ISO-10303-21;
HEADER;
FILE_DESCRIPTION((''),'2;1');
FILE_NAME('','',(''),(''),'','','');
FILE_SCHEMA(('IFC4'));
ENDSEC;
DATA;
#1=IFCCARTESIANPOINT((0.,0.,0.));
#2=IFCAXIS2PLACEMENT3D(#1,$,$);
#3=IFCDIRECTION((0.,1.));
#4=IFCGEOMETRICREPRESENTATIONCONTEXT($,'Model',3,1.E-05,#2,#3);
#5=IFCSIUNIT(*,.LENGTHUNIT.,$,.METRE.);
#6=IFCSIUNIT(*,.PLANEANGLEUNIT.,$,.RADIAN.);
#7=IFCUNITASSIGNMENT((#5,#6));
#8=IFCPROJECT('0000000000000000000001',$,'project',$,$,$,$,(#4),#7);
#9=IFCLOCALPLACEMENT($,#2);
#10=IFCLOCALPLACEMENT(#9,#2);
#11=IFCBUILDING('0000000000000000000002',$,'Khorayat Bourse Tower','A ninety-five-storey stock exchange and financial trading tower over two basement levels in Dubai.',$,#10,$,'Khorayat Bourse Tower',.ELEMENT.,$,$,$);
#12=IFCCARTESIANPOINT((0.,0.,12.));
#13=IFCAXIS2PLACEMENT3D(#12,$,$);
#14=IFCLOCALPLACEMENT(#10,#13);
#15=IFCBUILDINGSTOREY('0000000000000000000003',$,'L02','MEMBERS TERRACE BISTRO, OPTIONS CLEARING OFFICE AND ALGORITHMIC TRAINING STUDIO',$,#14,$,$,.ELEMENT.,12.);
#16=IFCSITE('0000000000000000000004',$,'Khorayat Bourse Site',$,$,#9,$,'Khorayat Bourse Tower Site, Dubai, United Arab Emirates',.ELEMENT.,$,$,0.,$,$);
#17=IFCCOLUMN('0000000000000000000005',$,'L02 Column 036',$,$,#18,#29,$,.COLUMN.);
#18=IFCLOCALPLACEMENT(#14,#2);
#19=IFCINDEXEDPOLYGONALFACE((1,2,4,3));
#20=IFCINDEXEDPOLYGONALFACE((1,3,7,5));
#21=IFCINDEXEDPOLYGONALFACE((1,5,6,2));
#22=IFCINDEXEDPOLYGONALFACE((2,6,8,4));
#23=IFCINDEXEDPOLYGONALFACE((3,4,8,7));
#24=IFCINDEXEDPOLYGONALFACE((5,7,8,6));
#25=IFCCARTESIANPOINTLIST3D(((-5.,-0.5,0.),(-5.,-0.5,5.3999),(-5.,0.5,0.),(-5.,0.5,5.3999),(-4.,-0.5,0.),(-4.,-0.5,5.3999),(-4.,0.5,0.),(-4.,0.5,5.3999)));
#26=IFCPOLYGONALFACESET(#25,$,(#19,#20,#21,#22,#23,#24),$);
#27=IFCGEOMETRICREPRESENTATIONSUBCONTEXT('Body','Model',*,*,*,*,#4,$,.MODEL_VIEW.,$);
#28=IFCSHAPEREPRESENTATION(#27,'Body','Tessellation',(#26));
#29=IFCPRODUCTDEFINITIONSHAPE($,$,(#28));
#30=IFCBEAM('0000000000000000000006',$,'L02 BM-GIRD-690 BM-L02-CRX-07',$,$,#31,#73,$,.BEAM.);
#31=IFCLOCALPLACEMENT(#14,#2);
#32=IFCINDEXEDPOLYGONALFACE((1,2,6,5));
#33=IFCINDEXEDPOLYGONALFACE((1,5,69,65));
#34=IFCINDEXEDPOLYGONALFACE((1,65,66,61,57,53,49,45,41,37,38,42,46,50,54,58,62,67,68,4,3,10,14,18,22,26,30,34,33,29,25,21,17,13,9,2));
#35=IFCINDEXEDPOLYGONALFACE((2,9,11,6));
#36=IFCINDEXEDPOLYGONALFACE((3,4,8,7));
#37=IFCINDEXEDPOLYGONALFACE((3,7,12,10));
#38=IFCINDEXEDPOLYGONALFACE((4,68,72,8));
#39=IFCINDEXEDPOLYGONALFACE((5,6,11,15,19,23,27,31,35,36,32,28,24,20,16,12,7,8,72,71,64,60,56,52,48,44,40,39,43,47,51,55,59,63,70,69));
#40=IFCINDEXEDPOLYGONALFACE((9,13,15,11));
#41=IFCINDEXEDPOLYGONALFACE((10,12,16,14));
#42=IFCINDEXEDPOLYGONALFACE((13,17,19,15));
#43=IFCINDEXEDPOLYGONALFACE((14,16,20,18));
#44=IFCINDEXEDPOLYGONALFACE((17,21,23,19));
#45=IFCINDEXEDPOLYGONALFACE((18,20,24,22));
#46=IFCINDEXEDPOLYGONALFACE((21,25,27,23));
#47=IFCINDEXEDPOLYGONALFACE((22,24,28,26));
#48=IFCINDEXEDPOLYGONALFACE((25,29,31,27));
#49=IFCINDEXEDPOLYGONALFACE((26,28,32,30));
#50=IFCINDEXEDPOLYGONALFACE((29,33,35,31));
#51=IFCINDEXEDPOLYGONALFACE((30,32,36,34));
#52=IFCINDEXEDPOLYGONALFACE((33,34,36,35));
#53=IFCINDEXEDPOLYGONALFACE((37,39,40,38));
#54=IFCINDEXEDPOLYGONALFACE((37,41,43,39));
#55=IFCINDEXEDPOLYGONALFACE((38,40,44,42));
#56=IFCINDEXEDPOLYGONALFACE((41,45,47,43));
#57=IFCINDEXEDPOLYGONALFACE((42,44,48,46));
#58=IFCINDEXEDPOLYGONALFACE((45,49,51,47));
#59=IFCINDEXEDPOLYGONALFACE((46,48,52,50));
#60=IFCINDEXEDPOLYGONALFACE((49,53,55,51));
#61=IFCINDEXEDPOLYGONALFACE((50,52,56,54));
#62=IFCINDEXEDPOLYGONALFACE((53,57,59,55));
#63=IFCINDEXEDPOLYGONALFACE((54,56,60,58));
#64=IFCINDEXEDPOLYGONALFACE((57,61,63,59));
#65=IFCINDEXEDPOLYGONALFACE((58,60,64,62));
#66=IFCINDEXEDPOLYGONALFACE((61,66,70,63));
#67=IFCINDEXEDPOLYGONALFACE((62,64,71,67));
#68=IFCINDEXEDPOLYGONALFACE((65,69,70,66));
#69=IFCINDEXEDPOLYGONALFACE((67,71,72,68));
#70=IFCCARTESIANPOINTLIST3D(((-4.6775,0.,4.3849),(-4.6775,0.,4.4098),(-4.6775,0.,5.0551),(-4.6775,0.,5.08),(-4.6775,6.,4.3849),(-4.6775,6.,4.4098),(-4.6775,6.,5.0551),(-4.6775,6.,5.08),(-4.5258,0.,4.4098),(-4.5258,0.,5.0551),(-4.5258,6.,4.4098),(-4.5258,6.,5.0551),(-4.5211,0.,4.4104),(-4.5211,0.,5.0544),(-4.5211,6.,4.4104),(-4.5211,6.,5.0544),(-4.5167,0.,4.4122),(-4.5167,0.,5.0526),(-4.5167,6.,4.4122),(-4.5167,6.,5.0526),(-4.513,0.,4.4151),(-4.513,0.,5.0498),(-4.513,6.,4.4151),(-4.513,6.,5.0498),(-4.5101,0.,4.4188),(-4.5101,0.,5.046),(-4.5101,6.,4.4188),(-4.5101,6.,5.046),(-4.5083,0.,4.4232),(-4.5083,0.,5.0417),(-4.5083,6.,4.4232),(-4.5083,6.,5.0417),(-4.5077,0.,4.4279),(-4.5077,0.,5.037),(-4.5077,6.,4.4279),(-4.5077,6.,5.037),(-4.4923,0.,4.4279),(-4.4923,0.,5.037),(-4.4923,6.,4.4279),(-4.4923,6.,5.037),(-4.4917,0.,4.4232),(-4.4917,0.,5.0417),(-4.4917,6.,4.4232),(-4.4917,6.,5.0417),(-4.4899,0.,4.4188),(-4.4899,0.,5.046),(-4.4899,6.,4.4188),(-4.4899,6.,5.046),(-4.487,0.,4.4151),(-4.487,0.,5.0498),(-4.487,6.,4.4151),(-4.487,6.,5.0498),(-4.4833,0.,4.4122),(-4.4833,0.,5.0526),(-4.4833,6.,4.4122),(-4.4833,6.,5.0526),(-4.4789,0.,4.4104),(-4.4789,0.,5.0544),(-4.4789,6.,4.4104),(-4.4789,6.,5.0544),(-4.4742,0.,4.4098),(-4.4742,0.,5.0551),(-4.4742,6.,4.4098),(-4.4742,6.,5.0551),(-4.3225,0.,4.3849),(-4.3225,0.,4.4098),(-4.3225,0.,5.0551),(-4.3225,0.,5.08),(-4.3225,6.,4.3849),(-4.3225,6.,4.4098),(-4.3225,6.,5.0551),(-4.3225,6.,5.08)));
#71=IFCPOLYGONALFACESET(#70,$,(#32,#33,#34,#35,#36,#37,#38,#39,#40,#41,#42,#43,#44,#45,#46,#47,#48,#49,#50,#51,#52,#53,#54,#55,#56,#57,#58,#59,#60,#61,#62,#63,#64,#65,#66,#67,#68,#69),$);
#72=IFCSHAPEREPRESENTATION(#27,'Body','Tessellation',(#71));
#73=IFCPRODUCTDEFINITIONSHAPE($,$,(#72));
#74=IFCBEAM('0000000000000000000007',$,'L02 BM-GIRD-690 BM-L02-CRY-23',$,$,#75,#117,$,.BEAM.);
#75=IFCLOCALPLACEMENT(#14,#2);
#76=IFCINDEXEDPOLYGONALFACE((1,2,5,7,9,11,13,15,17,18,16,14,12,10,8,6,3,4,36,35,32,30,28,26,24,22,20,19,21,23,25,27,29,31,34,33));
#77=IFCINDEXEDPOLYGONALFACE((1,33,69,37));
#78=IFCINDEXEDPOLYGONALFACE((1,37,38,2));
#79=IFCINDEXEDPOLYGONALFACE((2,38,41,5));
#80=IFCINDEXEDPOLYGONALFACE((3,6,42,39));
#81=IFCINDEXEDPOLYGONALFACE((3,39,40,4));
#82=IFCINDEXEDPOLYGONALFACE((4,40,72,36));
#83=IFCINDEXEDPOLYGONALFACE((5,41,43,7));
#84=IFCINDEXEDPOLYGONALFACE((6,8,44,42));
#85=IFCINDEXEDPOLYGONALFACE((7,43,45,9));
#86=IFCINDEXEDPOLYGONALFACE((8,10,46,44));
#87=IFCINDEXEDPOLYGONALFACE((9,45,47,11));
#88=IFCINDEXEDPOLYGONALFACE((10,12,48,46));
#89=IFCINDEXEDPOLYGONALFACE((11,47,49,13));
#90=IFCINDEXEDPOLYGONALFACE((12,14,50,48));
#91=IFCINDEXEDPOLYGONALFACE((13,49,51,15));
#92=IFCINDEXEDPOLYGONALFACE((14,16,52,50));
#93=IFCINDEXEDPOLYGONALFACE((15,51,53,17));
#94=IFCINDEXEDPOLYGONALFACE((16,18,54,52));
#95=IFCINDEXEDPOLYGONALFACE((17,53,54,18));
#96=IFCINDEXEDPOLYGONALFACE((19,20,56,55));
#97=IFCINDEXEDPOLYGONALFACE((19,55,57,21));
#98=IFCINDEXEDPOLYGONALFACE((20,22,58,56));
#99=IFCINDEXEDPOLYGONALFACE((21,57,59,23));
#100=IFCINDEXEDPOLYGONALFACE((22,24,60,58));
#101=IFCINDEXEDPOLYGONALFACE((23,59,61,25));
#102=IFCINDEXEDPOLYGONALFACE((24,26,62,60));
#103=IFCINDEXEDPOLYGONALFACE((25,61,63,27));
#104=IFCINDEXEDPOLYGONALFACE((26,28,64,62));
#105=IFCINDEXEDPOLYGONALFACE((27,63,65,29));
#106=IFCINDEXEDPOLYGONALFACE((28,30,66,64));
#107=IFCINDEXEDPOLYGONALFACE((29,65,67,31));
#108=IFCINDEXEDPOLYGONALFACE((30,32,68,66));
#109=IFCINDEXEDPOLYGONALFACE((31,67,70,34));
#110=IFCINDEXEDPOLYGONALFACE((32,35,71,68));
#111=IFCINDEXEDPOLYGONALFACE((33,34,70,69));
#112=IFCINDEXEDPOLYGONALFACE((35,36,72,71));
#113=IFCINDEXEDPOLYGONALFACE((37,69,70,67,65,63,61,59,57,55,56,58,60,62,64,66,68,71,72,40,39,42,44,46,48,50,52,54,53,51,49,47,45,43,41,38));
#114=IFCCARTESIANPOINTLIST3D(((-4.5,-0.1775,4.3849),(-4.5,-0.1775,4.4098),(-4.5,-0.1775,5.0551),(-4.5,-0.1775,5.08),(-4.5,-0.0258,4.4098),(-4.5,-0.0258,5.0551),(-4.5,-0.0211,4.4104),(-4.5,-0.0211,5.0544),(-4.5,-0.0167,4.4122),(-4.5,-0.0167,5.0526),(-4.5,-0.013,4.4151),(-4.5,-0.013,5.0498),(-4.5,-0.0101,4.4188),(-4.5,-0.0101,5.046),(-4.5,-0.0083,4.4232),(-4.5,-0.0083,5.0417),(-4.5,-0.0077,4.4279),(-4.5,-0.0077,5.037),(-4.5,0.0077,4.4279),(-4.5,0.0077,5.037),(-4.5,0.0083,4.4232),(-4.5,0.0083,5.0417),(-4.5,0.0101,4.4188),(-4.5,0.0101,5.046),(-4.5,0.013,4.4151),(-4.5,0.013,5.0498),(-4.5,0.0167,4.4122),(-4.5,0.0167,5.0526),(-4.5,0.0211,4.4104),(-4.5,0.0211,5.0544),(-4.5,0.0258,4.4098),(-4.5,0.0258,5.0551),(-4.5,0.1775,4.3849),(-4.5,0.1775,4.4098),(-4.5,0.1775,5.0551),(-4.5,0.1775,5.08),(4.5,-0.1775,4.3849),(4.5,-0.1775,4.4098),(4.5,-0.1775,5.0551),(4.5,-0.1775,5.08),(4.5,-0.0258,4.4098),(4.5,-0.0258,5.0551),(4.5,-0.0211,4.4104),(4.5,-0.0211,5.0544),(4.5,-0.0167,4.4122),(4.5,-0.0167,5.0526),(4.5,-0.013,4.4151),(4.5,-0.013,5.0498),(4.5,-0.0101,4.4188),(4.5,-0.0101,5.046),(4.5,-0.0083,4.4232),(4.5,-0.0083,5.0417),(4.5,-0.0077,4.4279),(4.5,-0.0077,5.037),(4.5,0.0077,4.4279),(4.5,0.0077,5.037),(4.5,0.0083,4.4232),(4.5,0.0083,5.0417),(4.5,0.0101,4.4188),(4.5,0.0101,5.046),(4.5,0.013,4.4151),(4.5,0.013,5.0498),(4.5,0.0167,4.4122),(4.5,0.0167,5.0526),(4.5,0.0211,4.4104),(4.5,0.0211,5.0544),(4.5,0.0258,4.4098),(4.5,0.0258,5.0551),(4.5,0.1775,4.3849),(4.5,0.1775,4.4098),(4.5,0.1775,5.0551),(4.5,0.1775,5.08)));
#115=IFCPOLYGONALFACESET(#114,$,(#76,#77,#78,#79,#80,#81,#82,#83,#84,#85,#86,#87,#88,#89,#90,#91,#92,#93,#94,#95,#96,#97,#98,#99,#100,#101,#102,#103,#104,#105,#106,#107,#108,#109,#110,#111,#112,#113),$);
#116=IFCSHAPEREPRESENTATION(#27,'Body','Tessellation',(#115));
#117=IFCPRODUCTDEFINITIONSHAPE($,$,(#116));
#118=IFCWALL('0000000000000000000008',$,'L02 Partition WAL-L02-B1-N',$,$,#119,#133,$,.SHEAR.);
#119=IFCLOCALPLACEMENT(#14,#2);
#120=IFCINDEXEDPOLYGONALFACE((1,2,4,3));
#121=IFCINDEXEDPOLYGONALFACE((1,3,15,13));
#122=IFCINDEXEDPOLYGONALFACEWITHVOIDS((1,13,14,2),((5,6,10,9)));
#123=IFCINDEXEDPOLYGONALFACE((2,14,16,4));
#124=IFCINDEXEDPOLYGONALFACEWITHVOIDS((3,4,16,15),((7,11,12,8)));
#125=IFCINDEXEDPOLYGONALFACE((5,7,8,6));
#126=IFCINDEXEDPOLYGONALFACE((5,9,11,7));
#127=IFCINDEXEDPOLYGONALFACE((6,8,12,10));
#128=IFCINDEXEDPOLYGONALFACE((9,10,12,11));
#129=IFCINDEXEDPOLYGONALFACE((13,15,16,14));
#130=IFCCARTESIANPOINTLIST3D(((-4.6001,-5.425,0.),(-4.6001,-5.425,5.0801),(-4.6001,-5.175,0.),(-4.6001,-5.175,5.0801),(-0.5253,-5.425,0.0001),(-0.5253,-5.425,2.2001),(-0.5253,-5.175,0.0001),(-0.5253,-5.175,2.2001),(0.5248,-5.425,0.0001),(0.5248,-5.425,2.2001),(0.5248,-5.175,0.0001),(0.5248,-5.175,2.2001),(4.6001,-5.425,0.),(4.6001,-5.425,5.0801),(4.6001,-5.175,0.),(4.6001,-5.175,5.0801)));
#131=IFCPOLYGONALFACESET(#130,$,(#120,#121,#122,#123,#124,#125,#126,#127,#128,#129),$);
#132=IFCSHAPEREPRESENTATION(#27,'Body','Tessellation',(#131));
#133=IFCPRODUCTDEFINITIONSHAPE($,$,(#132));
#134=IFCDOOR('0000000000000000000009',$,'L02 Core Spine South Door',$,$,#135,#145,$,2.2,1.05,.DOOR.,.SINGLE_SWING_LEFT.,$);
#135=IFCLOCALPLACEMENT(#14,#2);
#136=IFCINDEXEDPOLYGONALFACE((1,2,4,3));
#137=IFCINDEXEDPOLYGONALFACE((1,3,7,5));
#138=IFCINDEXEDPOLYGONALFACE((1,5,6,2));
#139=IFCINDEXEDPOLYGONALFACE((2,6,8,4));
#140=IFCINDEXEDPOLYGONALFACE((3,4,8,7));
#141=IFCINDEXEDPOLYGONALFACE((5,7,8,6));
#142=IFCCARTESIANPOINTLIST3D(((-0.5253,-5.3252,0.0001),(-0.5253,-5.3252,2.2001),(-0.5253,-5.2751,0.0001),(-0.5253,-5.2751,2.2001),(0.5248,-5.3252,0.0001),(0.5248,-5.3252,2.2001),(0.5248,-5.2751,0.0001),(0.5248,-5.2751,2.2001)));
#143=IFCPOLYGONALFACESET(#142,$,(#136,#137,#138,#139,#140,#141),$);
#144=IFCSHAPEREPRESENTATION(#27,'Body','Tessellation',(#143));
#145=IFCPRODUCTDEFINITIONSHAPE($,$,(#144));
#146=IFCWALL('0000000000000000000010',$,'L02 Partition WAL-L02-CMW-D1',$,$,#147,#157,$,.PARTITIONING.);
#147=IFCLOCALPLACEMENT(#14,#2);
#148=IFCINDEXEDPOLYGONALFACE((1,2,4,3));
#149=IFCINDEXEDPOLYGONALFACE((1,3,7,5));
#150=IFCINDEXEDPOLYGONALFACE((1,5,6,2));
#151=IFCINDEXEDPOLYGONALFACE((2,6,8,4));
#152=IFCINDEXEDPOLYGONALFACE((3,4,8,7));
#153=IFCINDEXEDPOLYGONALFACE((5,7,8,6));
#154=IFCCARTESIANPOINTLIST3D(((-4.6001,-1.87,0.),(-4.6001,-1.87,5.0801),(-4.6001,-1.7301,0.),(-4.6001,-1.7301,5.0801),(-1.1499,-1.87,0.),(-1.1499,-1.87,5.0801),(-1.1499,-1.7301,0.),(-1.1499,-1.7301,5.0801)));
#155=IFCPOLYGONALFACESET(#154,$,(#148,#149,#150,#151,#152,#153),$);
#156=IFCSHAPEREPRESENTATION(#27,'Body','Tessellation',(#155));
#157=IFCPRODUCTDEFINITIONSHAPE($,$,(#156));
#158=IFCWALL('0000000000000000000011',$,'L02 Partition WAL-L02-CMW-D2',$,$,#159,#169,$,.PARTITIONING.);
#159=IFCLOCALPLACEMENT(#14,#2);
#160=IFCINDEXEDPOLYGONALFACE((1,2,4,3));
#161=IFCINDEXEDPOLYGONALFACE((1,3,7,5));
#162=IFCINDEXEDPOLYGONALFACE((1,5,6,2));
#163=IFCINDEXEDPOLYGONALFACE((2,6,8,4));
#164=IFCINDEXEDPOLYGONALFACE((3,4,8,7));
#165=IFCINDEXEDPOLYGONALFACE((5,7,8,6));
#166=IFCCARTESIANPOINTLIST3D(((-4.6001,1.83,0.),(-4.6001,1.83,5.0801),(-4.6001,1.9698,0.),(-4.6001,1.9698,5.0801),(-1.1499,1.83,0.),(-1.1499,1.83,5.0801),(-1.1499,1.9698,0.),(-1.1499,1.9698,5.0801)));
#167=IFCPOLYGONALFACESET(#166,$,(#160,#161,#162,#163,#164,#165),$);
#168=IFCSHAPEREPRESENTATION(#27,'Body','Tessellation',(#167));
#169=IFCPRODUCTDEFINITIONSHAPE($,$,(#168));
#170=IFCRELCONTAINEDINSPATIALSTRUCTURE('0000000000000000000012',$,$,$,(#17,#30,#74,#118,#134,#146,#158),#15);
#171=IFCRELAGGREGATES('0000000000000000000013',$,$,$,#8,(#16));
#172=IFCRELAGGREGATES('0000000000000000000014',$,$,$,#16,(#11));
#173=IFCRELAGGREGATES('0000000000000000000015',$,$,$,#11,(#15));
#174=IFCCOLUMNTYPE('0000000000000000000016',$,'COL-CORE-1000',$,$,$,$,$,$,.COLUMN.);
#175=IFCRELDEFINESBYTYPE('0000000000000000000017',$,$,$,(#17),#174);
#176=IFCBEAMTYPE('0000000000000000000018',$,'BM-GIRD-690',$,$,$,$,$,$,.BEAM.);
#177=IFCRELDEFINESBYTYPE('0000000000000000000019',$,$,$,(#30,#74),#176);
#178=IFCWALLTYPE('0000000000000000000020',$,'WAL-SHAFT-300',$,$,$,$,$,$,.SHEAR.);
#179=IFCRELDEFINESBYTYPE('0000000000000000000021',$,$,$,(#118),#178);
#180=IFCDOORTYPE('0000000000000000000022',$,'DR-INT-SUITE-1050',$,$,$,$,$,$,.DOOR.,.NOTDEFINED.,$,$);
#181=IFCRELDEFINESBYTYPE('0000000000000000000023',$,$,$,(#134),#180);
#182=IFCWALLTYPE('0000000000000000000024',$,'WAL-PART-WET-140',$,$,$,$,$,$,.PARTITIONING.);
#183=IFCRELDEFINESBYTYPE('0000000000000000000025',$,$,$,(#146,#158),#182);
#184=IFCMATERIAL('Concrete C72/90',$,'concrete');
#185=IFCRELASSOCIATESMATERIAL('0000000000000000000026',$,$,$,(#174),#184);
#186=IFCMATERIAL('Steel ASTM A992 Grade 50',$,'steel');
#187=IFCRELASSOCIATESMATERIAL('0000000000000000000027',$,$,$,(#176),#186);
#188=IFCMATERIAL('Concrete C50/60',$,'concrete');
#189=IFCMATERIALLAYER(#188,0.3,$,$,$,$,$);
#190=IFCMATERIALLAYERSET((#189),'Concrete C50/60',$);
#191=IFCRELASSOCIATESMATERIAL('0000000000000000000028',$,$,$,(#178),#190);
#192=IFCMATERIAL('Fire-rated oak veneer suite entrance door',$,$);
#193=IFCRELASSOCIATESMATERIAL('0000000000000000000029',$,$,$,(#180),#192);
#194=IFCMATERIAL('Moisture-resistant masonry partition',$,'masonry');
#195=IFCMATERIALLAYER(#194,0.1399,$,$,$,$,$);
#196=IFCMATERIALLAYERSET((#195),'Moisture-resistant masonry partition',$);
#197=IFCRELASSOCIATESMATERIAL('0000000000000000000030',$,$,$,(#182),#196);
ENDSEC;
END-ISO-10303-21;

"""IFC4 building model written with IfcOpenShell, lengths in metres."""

from ifc_helpers import new_model, si_unit, direction, frame, frame_2d, origin, origin_2d, place, context, subcontext, project, spatial, rectangle, i_section, extrude, source, transform, mapped, material, layer, layer_set, material_profile, profile_set, type_object, element, fill, save


model = new_model("IFC4")

# Units and contexts
model_context = context("Model", 3, precision=1e-05, world=origin(), true_north=direction((0.0, 1.0)))
body_context = subcontext(model_context, "Body", "Model", "MODEL_VIEW")
ifc_project = project(units=[si_unit("LENGTHUNIT", "METRE"), si_unit("PLANEANGLEUNIT", "RADIAN")], contexts=[model_context])

# Site, building, storey
site_placement = place(None, origin())
site = spatial("IfcSite", under=ifc_project, at=site_placement, Name="Khorayat Bourse Site", LongName="Khorayat Bourse Tower Site, Dubai, United Arab Emirates", CompositionType="ELEMENT", RefElevation=0.0)
building_placement = place(site_placement, origin())
building = spatial("IfcBuilding", under=site, at=building_placement, Name="Khorayat Bourse Tower", Description="A ninety-five-storey stock exchange and financial trading tower over two basement levels in Dubai.", LongName="Khorayat Bourse Tower", CompositionType="ELEMENT")
storey_placement = place(building_placement, frame((0.0, 0.0, 12.0)))
storey = spatial("IfcBuildingStorey", under=building, at=storey_placement, Name="L02", Description="MEMBERS TERRACE BISTRO, OPTIONS CLEARING OFFICE AND ALGORITHMIC TRAINING STUDIO", CompositionType="ELEMENT", Elevation=12.0)

# Column
ifc_material_1 = material(Name="Concrete C72/90", Category="concrete")
ifc_material_profile_1 = material_profile(ifc_material_1, rectangle(XDim=1.0, YDim=1.0, at=origin_2d()), Name="RC 1000x1000")
ifc_profile_set_1 = profile_set([ifc_material_profile_1], Name="Concrete C72/90")
column_type = type_object("IfcColumnType", Name="COL-CORE-1000", PredefinedType="COLUMN", material=ifc_profile_set_1)
shared_shape_1 = source(origin(), body_context, "Body", "SweptSolid", [
    extrude(rectangle(XDim=1.0, YDim=1.0, at=origin_2d()), origin(), (0.0, 0.0, 1.0), 5.3999),
])
column_placement = place(storey_placement, frame((-4.5, 0.0, 0.0), z_axis=(0.0, 0.0, 1.0), x_axis=(1.0, 0.0, 0.0)))
element("IfcColumn", 1, at=column_placement, inside=storey, type_object=column_type, Name="L02 Column 036", PredefinedType="COLUMN", context=body_context, shape_type="MappedRepresentation", body=[
    mapped(shared_shape_1, transform((0.0, 0.0, 0.0), scale=1.0)),
])

# Beams
ifc_material_2 = material(Name="Steel ASTM A992 Grade 50", Category="steel")
ifc_material_profile_2 = material_profile(ifc_material_2, i_section(OverallWidth=0.355, OverallDepth=0.6951, WebThickness=0.0154, FlangeThickness=0.0249, FilletRadius=0.0181, at=origin_2d()), Name="W690X217")
ifc_profile_set_2 = profile_set([ifc_material_profile_2], Name="Steel ASTM A992 Grade 50")
beam_type = type_object("IfcBeamType", Name="BM-GIRD-690", PredefinedType="BEAM", material=ifc_profile_set_2)
shared_shape_2 = source(origin(), body_context, "Body", "SweptSolid", [
    extrude(i_section(OverallWidth=0.355, OverallDepth=0.6951, WebThickness=0.0154, FlangeThickness=0.0249, FilletRadius=0.0181, at=origin_2d()), origin(), (0.0, 0.0, 1.0), 6.0),
])
beam_1_placement = place(storey_placement, frame((-4.5, 0.0, 4.7324), z_axis=(0.0, 1.0, 0.0), x_axis=(-1.0, 0.0, 0.0)))
element("IfcBeam", 2, at=beam_1_placement, inside=storey, type_object=beam_type, Name="L02 BM-GIRD-690 BM-L02-CRX-07", PredefinedType="BEAM", context=body_context, shape_type="MappedRepresentation", body=[
    mapped(shared_shape_2, transform((0.0, 0.0, 0.0), scale=1.0)),
])
shared_shape_3 = source(origin(), body_context, "Body", "SweptSolid", [
    extrude(i_section(OverallWidth=0.355, OverallDepth=0.6951, WebThickness=0.0154, FlangeThickness=0.0249, FilletRadius=0.0181, at=origin_2d()), origin(), (0.0, 0.0, 1.0), 9.0),
])
beam_2_placement = place(storey_placement, frame((-4.5, 0.0, 4.7324), z_axis=(1.0, 0.0, 0.0), x_axis=(0.0, 1.0, 0.0)))
element("IfcBeam", 3, at=beam_2_placement, inside=storey, type_object=beam_type, Name="L02 BM-GIRD-690 BM-L02-CRY-23", PredefinedType="BEAM", context=body_context, shape_type="MappedRepresentation", body=[
    mapped(shared_shape_3, transform((0.0, 0.0, 0.0), scale=1.0)),
])

# Wall, opening, door
ifc_material_3 = material(Name="Concrete C50/60", Category="concrete")
ifc_layer_1 = layer(ifc_material_3, 0.3)
ifc_layer_set_1 = layer_set([ifc_layer_1], Name="Concrete C50/60")
wall_type_1 = type_object("IfcWallType", Name="WAL-SHAFT-300", PredefinedType="SHEAR", material=ifc_layer_set_1)
shared_shape_4 = source(origin(), body_context, "Body", "SweptSolid", [
    extrude(rectangle(XDim=9.2002, YDim=0.25, at=frame_2d((4.6001, 0.0))), origin(), (0.0, 0.0, 1.0), 5.0801),
])
wall_1_placement = place(storey_placement, frame((-4.6001, -5.3, 0.0), z_axis=(0.0, 0.0, 1.0), x_axis=(1.0, 0.0, 0.0)))
wall_1 = element("IfcWall", 4, at=wall_1_placement, inside=storey, type_object=wall_type_1, Name="L02 Partition WAL-L02-B1-N", PredefinedType="SHEAR", context=body_context, shape_type="MappedRepresentation", body=[
    mapped(shared_shape_4, transform((0.0, 0.0, 0.0), scale=1.0)),
])
shared_shape_5 = source(origin(), body_context, "Body", "SweptSolid", [
    extrude(rectangle(XDim=1.05, YDim=2.2, at=frame_2d((0.5249, 1.1001))), frame((0.0, 0.135, 0.0), z_axis=(0.0, -1.0, 0.0), x_axis=(1.0, 0.0, 0.0)), (0.0, 0.0, 1.0), 0.27),
])
opening_1_placement = place(wall_1_placement, frame((4.075, 0.0, 0.0)))
opening_1 = element("IfcOpeningElement", 5, at=opening_1_placement, cuts=wall_1, PredefinedType="OPENING", context=body_context, shape_type="MappedRepresentation", body=[
    mapped(shared_shape_5, transform((0.0, 0.0, 0.0), scale=1.0)),
])
ifc_material_4 = material(Name="Fire-rated oak veneer suite entrance door")
door_type_1 = type_object("IfcDoorType", Name="DR-INT-SUITE-1050", OperationType="NOTDEFINED", PredefinedType="DOOR", material=ifc_material_4)
shared_shape_6 = source(origin(), body_context, "Body", "SweptSolid", [
    extrude(rectangle(XDim=1.05, YDim=2.2, at=frame_2d((0.5249, 1.1001))), frame((0.0, 0.0249, 0.0), z_axis=(0.0, -1.0, 0.0), x_axis=(1.0, 0.0, 0.0)), (0.0, 0.0, 1.0), 0.05),
])
door_1_placement = place(opening_1_placement, origin())
door_1 = element("IfcDoor", 6, at=door_1_placement, inside=storey, type_object=door_type_1, Name="L02 Core Spine South Door", OperationType="SINGLE_SWING_LEFT", OverallHeight=2.2, OverallWidth=1.05, PredefinedType="DOOR", context=body_context, shape_type="MappedRepresentation", body=[
    mapped(shared_shape_6, transform((0.0, 0.0, 0.0), scale=1.0)),
])
fill(opening_1, door_1)

# Walls
ifc_material_5 = material(Name="Moisture-resistant masonry partition", Category="masonry")
ifc_layer_2 = layer(ifc_material_5, 0.1399)
ifc_layer_set_2 = layer_set([ifc_layer_2], Name="Moisture-resistant masonry partition")
wall_type_2 = type_object("IfcWallType", Name="WAL-PART-WET-140", PredefinedType="PARTITIONING", material=ifc_layer_set_2)
shared_shape_7 = source(origin(), body_context, "Body", "SweptSolid", [
    extrude(rectangle(XDim=3.4502, YDim=0.1399, at=frame_2d((1.7251, 0.0))), origin(), (0.0, 0.0, 1.0), 5.0801),
])
for number, where, z_axis, x_axis, name in (
    (7, (-4.6001, -1.8, 0.0), (0.0, 0.0, 1.0), (1.0, 0.0, 0.0), "L02 Partition WAL-L02-CMW-D1"),
    (8, (-4.6001, 1.8999, 0.0), (0.0, 0.0, 1.0), (1.0, 0.0, 0.0), "L02 Partition WAL-L02-CMW-D2"),
):
    element("IfcWall", number, at=place(storey_placement, frame(where, z_axis=z_axis, x_axis=x_axis)), inside=storey, type_object=wall_type_2, Name=name, PredefinedType="PARTITIONING", context=body_context, shape_type="MappedRepresentation", body=[
        mapped(shared_shape_7, transform((0.0, 0.0, 0.0), scale=1.0)),
    ])

save(model, "model.ifc")
